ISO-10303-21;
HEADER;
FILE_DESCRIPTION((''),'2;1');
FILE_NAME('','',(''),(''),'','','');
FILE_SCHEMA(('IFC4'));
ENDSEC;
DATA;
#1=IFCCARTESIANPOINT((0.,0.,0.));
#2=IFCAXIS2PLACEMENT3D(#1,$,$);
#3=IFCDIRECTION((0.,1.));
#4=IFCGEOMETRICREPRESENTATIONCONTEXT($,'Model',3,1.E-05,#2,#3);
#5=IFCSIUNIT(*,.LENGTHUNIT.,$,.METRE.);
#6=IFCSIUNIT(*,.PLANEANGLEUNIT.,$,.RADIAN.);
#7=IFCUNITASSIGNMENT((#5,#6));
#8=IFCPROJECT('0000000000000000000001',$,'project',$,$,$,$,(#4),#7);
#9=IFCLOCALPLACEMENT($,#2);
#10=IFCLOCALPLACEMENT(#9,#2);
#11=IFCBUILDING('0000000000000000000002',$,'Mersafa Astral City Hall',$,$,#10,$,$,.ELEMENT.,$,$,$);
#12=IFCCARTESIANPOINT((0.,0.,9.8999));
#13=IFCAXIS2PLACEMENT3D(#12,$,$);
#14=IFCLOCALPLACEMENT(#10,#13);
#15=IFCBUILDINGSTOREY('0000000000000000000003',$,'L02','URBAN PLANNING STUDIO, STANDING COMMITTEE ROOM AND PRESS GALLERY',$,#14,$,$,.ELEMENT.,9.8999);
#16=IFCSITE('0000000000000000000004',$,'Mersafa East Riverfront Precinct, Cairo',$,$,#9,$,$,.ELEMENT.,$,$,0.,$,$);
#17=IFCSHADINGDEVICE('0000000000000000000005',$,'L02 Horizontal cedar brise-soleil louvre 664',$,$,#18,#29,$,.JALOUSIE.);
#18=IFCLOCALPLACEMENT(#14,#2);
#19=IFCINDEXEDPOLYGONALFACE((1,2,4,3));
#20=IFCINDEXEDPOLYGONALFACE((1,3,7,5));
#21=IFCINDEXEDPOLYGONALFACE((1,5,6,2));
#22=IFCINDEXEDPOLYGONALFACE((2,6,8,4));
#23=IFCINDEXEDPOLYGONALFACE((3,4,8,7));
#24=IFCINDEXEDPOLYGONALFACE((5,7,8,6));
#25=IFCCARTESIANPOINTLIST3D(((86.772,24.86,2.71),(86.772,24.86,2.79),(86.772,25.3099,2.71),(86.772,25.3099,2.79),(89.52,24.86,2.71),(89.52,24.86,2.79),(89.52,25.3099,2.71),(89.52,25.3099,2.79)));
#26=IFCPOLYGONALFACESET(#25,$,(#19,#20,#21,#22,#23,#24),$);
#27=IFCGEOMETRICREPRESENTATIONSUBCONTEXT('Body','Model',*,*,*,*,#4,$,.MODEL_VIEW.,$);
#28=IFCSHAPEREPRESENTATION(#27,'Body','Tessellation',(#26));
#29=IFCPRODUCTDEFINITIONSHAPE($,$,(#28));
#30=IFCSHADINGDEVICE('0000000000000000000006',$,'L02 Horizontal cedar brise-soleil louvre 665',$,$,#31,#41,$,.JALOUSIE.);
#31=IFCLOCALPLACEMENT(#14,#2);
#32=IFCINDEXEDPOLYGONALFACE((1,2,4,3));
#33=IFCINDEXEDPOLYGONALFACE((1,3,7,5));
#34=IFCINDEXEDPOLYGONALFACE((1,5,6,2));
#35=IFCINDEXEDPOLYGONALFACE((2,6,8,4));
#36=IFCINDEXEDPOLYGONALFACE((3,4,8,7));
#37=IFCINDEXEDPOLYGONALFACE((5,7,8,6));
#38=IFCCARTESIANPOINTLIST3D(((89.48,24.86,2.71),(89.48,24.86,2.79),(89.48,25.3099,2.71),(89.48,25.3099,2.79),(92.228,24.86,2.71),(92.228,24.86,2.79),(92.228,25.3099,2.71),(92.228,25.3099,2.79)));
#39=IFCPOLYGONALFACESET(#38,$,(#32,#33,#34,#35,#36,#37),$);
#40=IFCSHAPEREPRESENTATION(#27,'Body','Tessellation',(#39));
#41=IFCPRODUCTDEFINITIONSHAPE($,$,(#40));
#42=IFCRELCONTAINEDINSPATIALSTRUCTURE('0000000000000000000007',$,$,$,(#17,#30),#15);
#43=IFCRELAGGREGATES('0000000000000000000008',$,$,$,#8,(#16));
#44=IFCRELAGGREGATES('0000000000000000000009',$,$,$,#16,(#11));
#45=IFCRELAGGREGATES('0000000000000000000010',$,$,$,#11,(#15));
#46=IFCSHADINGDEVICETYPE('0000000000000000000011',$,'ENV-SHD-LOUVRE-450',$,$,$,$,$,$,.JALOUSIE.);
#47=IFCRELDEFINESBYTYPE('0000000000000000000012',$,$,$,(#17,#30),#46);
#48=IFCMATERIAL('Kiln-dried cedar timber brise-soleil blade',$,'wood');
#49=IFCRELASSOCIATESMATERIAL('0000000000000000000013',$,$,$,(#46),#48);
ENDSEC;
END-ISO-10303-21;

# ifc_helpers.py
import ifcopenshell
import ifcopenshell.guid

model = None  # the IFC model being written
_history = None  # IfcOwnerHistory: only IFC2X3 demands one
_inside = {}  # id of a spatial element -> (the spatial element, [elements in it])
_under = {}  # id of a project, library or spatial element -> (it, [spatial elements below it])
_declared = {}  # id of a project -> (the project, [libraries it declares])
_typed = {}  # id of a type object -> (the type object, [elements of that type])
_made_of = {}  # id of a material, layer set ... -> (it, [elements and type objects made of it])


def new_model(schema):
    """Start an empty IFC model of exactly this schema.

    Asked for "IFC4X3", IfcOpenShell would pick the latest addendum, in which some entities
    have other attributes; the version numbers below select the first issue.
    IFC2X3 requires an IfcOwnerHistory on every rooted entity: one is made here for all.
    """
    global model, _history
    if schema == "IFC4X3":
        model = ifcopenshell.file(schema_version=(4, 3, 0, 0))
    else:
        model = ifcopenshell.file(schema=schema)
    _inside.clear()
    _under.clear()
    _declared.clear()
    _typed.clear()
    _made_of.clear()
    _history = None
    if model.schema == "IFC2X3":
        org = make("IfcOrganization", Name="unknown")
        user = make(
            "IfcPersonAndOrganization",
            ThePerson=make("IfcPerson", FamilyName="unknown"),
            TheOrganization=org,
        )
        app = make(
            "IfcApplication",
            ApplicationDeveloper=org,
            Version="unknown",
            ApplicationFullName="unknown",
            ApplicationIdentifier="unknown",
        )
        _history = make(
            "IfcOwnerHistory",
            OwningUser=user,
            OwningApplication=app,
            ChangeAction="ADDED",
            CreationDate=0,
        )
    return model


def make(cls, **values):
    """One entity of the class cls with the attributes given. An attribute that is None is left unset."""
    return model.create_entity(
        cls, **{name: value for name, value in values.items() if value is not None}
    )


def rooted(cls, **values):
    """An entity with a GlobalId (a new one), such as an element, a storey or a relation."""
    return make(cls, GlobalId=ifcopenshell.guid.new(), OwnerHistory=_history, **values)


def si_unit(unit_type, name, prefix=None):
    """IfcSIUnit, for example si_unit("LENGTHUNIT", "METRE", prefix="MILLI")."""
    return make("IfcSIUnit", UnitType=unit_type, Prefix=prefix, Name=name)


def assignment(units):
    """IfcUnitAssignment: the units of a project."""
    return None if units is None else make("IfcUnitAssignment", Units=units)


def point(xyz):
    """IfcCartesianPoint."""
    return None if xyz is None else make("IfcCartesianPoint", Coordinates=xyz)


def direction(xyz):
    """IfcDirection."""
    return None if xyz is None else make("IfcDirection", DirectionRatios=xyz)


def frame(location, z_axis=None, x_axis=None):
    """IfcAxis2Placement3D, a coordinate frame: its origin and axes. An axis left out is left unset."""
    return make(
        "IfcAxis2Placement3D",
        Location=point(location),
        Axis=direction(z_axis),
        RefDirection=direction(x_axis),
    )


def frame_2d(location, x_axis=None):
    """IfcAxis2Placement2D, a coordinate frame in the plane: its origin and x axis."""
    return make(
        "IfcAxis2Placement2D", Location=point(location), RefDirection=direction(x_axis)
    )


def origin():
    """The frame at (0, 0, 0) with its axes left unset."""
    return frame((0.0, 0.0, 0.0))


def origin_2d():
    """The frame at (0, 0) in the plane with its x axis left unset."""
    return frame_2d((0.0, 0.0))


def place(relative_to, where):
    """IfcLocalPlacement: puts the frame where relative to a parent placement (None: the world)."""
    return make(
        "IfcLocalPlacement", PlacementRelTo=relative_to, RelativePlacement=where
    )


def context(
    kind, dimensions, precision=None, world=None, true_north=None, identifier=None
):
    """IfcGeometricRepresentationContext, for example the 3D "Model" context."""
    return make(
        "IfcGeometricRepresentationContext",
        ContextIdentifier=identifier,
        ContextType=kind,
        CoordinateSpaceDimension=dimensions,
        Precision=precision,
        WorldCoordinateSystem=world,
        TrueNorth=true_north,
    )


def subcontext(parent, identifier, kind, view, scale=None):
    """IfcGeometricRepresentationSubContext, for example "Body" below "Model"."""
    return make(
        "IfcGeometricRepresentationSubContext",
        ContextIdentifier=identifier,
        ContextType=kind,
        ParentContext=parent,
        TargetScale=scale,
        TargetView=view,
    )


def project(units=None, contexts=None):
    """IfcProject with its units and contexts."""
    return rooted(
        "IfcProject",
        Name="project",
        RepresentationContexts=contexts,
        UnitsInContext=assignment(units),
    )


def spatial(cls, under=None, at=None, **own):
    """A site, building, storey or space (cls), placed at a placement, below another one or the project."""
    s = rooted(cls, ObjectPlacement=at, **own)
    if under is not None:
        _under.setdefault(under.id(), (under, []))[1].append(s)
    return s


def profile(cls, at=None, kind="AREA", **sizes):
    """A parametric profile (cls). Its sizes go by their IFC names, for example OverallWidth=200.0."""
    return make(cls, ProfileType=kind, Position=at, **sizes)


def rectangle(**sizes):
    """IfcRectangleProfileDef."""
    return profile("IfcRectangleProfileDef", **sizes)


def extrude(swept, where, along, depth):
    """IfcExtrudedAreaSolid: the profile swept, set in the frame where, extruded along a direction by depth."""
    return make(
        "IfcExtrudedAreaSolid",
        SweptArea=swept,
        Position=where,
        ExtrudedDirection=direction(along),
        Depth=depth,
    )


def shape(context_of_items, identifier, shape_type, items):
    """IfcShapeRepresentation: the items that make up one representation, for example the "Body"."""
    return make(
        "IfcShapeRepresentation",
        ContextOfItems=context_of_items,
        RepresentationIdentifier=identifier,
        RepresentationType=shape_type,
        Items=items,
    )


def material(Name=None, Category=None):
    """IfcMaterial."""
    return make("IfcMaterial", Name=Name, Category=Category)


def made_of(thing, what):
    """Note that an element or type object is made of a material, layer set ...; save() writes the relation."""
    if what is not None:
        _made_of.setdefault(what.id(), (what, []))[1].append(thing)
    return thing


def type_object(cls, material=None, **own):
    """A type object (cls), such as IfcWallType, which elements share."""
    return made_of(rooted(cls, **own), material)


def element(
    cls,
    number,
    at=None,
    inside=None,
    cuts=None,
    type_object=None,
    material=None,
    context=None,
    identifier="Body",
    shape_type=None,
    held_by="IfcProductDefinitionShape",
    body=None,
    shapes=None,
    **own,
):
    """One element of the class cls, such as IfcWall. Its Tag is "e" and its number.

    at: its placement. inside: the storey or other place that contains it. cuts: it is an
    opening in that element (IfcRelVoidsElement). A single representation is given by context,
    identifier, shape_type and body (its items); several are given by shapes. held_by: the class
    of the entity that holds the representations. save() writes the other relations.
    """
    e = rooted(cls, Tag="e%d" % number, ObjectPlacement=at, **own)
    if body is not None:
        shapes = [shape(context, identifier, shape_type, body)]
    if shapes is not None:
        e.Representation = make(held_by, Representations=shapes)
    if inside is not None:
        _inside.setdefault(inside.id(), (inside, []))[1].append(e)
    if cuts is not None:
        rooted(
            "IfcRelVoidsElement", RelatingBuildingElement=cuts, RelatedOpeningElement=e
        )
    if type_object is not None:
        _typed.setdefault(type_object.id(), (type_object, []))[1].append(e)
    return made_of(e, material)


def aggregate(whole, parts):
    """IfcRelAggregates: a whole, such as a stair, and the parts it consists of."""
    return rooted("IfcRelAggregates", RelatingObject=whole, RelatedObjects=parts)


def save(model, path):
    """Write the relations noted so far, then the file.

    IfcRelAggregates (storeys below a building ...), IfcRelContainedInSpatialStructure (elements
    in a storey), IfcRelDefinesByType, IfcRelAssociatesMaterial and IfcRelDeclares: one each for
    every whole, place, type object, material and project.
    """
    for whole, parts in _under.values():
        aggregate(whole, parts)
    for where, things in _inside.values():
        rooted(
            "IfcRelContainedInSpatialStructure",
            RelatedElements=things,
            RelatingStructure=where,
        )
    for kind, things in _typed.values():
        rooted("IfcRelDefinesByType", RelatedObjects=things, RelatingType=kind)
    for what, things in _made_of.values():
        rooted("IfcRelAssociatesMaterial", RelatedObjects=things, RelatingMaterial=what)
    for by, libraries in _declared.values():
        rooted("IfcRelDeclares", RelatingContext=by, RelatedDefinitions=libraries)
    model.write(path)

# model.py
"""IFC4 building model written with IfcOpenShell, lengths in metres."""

from ifc_helpers import new_model, si_unit, direction, frame, origin, origin_2d, place, context, subcontext, project, spatial, rectangle, extrude, material, type_object, element, save


model = new_model("IFC4")

# Units and contexts
model_context = context("Model", 3, precision=1e-05, world=origin(), true_north=direction((0.0, 1.0)))
body_context = subcontext(model_context, "Body", "Model", "MODEL_VIEW")
ifc_project = project(units=[si_unit("LENGTHUNIT", "METRE"), si_unit("PLANEANGLEUNIT", "RADIAN")], contexts=[model_context])

# Site, building, storey
site_placement = place(None, origin())
site = spatial("IfcSite", under=ifc_project, at=site_placement, Name="Mersafa East Riverfront Precinct, Cairo", CompositionType="ELEMENT", RefElevation=0.0)
building_placement = place(site_placement, origin())
building = spatial("IfcBuilding", under=site, at=building_placement, Name="Mersafa Astral City Hall", CompositionType="ELEMENT")
storey_placement = place(building_placement, frame((0.0, 0.0, 9.8999)))
storey = spatial("IfcBuildingStorey", under=building, at=storey_placement, Name="L02", Description="URBAN PLANNING STUDIO, STANDING COMMITTEE ROOM AND PRESS GALLERY", CompositionType="ELEMENT", Elevation=9.8999)

# Shading devices
ifc_material_1 = material(Name="Kiln-dried cedar timber brise-soleil blade", Category="wood")
shading_device_type = type_object("IfcShadingDeviceType", Name="ENV-SHD-LOUVRE-450", PredefinedType="JALOUSIE", material=ifc_material_1)
for number, where, z_axis, x_axis, name in (
    (1, (88.146, 25.085, 2.71), (0.0, 0.0, 1.0), (1.0, 0.0, 0.0), "L02 Horizontal cedar brise-soleil louvre 664"),
    (2, (90.854, 25.085, 2.71), (0.0, 0.0, 1.0), (1.0, 0.0, 0.0), "L02 Horizontal cedar brise-soleil louvre 665"),
):
    element("IfcShadingDevice", number, at=place(storey_placement, frame(where, z_axis=z_axis, x_axis=x_axis)), inside=storey, type_object=shading_device_type, Name=name, PredefinedType="JALOUSIE", context=body_context, shape_type="SweptSolid", body=[
        extrude(rectangle(XDim=2.748, YDim=0.45, at=origin_2d()), origin(), (0.0, 0.0, 1.0), 0.0801),
    ])

save(model, "model.ifc")
